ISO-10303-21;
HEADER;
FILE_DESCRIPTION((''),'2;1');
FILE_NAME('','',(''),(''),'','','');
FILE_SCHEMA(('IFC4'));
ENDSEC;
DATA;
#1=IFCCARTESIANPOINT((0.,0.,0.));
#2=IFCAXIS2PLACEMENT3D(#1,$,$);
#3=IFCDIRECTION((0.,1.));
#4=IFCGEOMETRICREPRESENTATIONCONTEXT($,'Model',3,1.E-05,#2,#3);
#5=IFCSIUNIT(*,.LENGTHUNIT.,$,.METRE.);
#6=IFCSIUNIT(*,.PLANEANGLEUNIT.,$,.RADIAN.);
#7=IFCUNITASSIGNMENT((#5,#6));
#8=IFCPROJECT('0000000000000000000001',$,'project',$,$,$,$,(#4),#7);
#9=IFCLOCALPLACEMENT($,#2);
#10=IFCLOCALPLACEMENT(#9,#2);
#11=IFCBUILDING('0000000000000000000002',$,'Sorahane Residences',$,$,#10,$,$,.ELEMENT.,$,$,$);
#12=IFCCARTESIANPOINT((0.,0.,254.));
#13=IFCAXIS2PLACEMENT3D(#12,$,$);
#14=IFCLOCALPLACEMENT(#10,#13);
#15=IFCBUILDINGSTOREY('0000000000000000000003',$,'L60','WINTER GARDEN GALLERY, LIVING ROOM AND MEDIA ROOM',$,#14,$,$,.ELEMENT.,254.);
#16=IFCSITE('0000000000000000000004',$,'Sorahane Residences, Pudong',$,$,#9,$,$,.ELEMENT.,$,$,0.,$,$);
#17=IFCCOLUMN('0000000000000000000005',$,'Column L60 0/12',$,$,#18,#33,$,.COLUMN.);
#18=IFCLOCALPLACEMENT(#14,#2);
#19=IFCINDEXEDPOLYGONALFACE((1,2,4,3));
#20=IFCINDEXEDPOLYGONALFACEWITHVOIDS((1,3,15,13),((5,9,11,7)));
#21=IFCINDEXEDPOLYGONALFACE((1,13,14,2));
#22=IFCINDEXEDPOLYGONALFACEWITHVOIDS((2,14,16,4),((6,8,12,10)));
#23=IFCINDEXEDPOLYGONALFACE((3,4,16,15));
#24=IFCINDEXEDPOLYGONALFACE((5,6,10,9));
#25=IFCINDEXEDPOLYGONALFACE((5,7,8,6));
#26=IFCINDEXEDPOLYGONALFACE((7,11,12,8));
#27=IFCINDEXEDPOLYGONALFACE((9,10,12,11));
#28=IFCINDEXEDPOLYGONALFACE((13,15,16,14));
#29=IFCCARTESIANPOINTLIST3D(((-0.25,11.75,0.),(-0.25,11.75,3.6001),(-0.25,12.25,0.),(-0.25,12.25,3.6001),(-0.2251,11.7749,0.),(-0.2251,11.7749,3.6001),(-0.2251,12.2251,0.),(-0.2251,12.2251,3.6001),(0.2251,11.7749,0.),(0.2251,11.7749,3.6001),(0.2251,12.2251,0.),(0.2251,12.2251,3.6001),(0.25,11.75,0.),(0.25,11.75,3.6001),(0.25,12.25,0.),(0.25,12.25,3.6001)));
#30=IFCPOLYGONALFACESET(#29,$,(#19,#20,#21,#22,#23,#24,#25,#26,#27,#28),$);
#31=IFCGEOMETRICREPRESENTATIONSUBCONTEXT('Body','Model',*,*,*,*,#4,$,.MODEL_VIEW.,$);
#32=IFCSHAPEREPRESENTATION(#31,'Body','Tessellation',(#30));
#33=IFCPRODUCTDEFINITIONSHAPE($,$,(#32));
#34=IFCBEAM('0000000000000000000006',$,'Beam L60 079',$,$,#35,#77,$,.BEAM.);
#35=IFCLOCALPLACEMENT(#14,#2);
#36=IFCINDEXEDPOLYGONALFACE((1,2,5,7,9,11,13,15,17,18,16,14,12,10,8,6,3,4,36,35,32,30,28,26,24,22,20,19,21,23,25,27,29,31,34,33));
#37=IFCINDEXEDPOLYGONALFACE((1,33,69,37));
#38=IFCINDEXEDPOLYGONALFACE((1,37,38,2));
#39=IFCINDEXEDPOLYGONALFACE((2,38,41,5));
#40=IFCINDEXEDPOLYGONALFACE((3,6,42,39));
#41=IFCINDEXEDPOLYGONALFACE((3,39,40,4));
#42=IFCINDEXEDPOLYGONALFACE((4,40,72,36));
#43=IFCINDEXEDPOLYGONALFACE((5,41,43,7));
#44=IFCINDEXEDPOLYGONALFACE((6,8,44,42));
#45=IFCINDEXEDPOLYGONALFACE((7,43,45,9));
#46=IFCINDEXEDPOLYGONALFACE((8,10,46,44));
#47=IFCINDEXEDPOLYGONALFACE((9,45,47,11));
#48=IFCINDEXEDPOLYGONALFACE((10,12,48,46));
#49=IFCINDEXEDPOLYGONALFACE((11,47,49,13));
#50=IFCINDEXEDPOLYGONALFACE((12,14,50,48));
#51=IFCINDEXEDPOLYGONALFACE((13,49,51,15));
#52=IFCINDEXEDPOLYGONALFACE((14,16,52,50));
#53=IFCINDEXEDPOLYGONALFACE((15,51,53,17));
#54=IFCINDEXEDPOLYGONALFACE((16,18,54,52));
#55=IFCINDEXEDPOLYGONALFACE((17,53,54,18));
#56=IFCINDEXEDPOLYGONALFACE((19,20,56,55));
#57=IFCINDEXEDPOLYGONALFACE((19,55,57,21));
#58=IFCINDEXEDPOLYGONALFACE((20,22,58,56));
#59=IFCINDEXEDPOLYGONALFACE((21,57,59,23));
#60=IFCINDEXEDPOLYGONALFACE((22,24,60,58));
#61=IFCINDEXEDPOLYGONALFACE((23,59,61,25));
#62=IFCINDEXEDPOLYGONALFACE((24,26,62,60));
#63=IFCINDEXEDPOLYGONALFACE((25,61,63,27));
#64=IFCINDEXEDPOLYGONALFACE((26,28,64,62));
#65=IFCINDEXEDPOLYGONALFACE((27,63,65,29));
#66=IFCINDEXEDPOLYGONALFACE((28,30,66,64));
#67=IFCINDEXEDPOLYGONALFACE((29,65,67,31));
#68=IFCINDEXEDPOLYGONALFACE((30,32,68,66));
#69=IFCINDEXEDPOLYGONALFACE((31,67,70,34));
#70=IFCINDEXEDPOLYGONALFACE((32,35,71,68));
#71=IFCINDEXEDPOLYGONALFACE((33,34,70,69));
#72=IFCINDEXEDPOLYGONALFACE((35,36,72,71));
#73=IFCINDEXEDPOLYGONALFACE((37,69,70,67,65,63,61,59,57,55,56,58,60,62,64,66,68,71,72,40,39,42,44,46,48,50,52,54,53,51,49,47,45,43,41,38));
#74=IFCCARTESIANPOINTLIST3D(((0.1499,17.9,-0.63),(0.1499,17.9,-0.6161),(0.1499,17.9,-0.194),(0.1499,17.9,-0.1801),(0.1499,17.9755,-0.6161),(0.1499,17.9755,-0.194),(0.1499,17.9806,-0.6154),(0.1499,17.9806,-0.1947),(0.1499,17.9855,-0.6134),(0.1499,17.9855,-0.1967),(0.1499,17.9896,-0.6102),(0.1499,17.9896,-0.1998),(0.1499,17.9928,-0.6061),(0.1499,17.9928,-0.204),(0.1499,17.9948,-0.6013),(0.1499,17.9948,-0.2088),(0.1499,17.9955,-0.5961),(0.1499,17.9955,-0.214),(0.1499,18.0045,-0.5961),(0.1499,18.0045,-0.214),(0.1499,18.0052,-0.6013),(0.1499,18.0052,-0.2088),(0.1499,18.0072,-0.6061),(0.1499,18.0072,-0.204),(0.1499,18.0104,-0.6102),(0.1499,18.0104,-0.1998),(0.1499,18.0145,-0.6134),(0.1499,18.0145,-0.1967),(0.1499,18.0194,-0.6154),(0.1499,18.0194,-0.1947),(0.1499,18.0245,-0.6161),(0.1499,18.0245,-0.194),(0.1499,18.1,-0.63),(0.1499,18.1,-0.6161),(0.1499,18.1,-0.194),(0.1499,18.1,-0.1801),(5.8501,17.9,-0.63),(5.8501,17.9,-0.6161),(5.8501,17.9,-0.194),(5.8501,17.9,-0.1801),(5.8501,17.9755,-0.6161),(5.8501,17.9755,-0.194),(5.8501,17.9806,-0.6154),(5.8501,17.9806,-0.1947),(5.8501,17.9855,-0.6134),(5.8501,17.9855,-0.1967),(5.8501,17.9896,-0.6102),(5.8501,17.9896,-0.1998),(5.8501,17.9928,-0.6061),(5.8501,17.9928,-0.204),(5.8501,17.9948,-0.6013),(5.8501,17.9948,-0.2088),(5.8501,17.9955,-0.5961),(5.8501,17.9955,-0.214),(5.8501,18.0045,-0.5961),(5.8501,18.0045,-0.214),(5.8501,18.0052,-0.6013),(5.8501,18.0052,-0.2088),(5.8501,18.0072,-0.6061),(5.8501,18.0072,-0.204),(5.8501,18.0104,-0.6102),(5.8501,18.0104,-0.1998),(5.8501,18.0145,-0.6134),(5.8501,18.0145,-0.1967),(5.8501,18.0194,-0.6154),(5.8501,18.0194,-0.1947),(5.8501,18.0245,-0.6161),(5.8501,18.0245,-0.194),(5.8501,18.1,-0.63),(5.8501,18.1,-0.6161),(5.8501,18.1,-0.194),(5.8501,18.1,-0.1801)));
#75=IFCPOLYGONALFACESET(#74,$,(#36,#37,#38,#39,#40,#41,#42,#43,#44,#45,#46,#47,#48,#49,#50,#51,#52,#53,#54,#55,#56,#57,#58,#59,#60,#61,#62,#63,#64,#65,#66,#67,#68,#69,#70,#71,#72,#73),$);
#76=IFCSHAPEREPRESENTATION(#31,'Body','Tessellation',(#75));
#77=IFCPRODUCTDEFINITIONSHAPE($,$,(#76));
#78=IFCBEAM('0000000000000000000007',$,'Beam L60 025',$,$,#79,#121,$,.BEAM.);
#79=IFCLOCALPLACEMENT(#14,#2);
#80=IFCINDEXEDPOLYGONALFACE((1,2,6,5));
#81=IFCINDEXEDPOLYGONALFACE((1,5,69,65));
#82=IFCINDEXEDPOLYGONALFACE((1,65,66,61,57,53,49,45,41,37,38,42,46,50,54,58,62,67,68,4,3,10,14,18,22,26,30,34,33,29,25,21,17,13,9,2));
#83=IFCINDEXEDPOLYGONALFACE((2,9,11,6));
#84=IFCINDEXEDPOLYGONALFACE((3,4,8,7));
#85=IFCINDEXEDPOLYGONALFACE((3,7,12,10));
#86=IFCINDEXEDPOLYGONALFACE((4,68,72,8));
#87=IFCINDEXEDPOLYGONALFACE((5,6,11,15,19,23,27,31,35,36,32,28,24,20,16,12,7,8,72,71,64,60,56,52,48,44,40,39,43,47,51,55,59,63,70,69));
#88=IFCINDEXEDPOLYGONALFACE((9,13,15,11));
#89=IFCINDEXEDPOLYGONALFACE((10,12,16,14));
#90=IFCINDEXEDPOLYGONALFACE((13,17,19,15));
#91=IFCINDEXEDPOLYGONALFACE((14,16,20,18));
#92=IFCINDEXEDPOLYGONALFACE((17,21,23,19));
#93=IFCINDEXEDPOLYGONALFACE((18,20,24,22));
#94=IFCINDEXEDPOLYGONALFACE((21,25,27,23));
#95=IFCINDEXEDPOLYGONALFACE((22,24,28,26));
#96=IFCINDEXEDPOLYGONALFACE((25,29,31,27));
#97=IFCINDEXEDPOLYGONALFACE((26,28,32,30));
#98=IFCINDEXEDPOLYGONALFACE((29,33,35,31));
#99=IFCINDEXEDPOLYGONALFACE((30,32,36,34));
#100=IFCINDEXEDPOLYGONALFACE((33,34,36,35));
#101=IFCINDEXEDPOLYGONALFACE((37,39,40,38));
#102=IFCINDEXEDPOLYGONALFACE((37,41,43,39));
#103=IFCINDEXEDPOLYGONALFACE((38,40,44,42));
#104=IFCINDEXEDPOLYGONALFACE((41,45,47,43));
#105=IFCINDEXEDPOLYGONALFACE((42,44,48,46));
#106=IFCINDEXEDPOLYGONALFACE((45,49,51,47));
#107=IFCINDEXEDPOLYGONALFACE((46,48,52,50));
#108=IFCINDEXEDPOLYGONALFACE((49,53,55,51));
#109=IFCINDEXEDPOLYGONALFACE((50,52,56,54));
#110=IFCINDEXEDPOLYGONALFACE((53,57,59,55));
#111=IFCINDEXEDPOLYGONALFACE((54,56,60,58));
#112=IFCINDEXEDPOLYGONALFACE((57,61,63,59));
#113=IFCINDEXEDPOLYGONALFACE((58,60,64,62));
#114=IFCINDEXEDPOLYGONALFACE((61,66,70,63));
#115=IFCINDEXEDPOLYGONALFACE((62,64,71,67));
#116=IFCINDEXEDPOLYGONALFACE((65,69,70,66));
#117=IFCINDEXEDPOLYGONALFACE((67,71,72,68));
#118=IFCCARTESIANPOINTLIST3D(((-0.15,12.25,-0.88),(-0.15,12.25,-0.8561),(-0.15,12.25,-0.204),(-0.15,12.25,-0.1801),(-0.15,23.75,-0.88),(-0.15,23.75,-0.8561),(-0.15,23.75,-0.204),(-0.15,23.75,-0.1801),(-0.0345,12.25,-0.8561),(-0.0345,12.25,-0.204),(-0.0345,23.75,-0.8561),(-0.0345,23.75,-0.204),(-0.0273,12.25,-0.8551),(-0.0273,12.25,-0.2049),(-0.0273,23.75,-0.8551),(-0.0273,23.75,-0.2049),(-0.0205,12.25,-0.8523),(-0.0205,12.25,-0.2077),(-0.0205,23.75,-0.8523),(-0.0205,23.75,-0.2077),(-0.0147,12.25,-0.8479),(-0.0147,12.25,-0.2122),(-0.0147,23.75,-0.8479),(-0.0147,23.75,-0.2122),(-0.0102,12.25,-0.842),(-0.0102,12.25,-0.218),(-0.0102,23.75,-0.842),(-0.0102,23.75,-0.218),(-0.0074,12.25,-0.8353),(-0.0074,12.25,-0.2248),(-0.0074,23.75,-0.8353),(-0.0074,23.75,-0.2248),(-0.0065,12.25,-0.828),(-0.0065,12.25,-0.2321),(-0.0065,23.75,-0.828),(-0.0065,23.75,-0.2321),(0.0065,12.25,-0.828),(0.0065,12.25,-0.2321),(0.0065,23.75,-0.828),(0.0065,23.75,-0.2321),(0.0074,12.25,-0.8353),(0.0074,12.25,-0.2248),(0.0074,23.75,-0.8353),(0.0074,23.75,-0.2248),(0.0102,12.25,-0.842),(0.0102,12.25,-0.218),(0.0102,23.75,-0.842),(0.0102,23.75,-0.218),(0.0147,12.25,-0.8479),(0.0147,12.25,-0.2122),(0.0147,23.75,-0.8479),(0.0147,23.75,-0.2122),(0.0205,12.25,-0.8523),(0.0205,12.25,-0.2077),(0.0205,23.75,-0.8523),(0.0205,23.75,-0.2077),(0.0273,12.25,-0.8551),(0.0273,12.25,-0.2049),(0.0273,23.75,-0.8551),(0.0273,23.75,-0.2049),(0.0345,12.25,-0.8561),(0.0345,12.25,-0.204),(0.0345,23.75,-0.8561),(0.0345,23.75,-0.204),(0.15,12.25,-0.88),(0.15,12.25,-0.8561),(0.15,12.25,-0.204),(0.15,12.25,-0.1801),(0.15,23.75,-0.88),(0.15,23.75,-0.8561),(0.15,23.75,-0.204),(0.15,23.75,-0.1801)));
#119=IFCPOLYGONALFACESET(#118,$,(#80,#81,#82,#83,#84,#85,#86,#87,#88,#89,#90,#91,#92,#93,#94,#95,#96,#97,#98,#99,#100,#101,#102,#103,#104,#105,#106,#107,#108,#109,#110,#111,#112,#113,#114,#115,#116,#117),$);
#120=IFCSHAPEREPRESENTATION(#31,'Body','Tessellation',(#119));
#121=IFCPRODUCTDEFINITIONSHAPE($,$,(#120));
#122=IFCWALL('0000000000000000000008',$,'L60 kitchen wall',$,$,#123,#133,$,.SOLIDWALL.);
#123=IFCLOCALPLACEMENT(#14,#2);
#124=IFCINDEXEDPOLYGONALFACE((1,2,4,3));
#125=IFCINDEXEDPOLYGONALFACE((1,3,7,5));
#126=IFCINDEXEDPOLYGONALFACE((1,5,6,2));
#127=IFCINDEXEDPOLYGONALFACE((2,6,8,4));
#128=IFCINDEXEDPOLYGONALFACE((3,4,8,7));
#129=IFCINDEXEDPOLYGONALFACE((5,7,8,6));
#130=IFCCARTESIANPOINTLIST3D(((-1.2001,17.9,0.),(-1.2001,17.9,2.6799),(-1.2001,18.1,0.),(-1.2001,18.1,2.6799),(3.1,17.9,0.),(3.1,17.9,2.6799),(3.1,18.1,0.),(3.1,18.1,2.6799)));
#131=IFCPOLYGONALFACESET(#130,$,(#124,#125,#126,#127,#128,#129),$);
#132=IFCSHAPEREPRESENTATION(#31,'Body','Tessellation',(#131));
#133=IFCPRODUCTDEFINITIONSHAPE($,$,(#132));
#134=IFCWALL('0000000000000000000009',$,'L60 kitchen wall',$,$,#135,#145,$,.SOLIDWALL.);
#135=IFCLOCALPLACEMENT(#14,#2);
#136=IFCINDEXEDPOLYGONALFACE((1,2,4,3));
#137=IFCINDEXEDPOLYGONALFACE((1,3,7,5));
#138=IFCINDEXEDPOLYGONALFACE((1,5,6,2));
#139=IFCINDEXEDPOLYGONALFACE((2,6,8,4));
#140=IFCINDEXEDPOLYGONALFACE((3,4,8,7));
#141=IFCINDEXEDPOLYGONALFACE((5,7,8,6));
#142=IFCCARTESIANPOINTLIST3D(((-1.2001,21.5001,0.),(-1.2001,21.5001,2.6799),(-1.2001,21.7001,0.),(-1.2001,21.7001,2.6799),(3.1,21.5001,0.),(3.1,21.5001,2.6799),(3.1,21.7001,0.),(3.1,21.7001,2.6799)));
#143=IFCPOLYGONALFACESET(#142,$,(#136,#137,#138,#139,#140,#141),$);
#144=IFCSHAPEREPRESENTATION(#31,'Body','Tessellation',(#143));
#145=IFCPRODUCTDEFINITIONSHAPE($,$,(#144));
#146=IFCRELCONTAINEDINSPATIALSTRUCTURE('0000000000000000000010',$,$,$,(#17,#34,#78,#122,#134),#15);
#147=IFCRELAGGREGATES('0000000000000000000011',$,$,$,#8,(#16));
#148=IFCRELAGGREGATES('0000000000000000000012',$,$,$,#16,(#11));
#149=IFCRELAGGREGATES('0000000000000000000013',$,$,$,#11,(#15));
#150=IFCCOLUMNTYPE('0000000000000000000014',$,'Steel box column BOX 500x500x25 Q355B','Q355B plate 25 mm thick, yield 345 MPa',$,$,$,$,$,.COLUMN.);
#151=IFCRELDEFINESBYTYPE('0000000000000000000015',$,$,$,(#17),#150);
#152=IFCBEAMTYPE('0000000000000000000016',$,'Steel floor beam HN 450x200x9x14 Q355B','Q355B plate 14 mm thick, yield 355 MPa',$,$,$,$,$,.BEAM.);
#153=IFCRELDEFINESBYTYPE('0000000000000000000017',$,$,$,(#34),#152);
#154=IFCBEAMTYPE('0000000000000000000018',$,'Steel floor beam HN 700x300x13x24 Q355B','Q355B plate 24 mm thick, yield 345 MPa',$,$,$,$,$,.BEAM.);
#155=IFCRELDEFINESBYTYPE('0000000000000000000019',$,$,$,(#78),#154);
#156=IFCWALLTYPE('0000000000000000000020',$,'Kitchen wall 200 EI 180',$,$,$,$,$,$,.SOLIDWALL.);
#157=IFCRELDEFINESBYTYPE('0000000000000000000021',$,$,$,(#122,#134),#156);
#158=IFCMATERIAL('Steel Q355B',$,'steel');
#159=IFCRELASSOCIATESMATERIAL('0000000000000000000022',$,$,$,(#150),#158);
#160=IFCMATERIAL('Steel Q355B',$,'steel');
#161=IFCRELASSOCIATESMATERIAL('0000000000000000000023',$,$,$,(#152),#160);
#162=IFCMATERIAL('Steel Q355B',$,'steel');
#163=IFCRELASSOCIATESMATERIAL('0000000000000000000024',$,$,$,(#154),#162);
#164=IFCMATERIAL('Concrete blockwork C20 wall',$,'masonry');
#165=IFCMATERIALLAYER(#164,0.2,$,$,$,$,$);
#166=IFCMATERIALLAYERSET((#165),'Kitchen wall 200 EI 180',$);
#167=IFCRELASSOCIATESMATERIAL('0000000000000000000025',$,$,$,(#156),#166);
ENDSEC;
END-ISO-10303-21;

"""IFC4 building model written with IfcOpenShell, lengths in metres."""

from ifc_helpers import new_model, si_unit, direction, frame, frame_2d, origin, origin_2d, place, context, subcontext, project, spatial, rectangle, hollow_rectangle, i_section, extrude, material, layer, layer_set, material_profile, profile_set, type_object, element, save


model = new_model("IFC4")

# Units and contexts
model_context = context("Model", 3, precision=1e-05, world=origin(), true_north=direction((0.0, 1.0)))
body_context = subcontext(model_context, "Body", "Model", "MODEL_VIEW")
ifc_project = project(units=[si_unit("LENGTHUNIT", "METRE"), si_unit("PLANEANGLEUNIT", "RADIAN")], contexts=[model_context])

# Site, building, storey
site_placement = place(None, origin())
site = spatial("IfcSite", under=ifc_project, at=site_placement, Name="Sorahane Residences, Pudong", CompositionType="ELEMENT", RefElevation=0.0)
building_placement = place(site_placement, origin())
building = spatial("IfcBuilding", under=site, at=building_placement, Name="Sorahane Residences", CompositionType="ELEMENT")
storey_placement = place(building_placement, frame((0.0, 0.0, 254.0)))
storey = spatial("IfcBuildingStorey", under=building, at=storey_placement, Name="L60", Description="WINTER GARDEN GALLERY, LIVING ROOM AND MEDIA ROOM", CompositionType="ELEMENT", Elevation=254.0)

# Column
ifc_material_1 = material(Name="Steel Q355B", Category="steel")
ifc_material_profile_1 = material_profile(ifc_material_1, hollow_rectangle(XDim=0.5, YDim=0.5, WallThickness=0.0249, at=origin_2d()), Name="BOX 500x500x25")
ifc_profile_set_1 = profile_set([ifc_material_profile_1], Name="Steel Q355B")
column_type = type_object("IfcColumnType", Name="Steel box column BOX 500x500x25 Q355B", Description="Q355B plate 25 mm thick, yield 345 MPa", PredefinedType="COLUMN", material=ifc_profile_set_1)
column_placement = place(storey_placement, frame((0.0, 12.0, 0.0), z_axis=(0.0, 0.0, 1.0), x_axis=(1.0, 0.0, 0.0)))
element("IfcColumn", 1, at=column_placement, inside=storey, type_object=column_type, Name="Column L60 0/12", PredefinedType="COLUMN", context=body_context, shape_type="SweptSolid", body=[
    extrude(hollow_rectangle(XDim=0.5, YDim=0.5, WallThickness=0.0249, at=origin_2d()), origin(), (0.0, 0.0, 1.0), 3.6001),
])

# Beams
ifc_material_2 = material(Name="Steel Q355B", Category="steel")
ifc_material_profile_2 = material_profile(ifc_material_2, i_section(OverallWidth=0.2, OverallDepth=0.45, WebThickness=0.009, FlangeThickness=0.0139, FilletRadius=0.02, at=origin_2d()), Name="HN 450x200x9x14")
ifc_profile_set_2 = profile_set([ifc_material_profile_2], Name="Steel Q355B")
beam_type_1 = type_object("IfcBeamType", Name="Steel floor beam HN 450x200x9x14 Q355B", Description="Q355B plate 14 mm thick, yield 355 MPa", PredefinedType="BEAM", material=ifc_profile_set_2)
beam_1_placement = place(storey_placement, frame((0.1499, 18.0, -0.405), z_axis=(1.0, 0.0, 0.0), x_axis=(0.0, 1.0, 0.0)))
element("IfcBeam", 2, at=beam_1_placement, inside=storey, type_object=beam_type_1, Name="Beam L60 079", PredefinedType="BEAM", context=body_context, shape_type="SweptSolid", body=[
    extrude(i_section(OverallWidth=0.2, OverallDepth=0.45, WebThickness=0.009, FlangeThickness=0.0139, FilletRadius=0.02, at=origin_2d()), origin(), (0.0, 0.0, 1.0), 5.7002),
])
ifc_material_3 = material(Name="Steel Q355B", Category="steel")
ifc_material_profile_3 = material_profile(ifc_material_3, i_section(OverallWidth=0.3, OverallDepth=0.7, WebThickness=0.0129, FlangeThickness=0.0239, FilletRadius=0.0281, at=origin_2d()), Name="HN 700x300x13x24")
ifc_profile_set_3 = profile_set([ifc_material_profile_3], Name="Steel Q355B")
beam_type_2 = type_object("IfcBeamType", Name="Steel floor beam HN 700x300x13x24 Q355B", Description="Q355B plate 24 mm thick, yield 345 MPa", PredefinedType="BEAM", material=ifc_profile_set_3)
beam_2_placement = place(storey_placement, frame((0.0, 12.25, -0.53), z_axis=(0.0, 1.0, 0.0), x_axis=(-1.0, 0.0, 0.0)))
element("IfcBeam", 3, at=beam_2_placement, inside=storey, type_object=beam_type_2, Name="Beam L60 025", PredefinedType="BEAM", context=body_context, shape_type="SweptSolid", body=[
    extrude(i_section(OverallWidth=0.3, OverallDepth=0.7, WebThickness=0.0129, FlangeThickness=0.0239, FilletRadius=0.0281, at=origin_2d()), origin(), (0.0, 0.0, 1.0), 11.5),
])

# Shared definitions
ifc_material_4 = material(Name="Concrete blockwork C20 wall", Category="masonry")
ifc_layer_1 = layer(ifc_material_4, 0.2)
ifc_layer_set_1 = layer_set([ifc_layer_1], Name="Kitchen wall 200 EI 180")
wall_type_1 = type_object("IfcWallType", Name="Kitchen wall 200 EI 180", PredefinedType="SOLIDWALL", material=ifc_layer_set_1)

# Walls
for number, where, z_axis, x_axis, name in (
    (4, (-1.2, 18.0, 0.0), (0.0, 0.0, 1.0), (1.0, 0.0, 0.0), "L60 kitchen wall"),
    (5, (-1.2, 21.6001, 0.0), (0.0, 0.0, 1.0), (1.0, 0.0, 0.0), "L60 kitchen wall"),
):
    element("IfcWall", number, at=place(storey_placement, frame(where, z_axis=z_axis, x_axis=x_axis)), inside=storey, type_object=wall_type_1, Name=name, PredefinedType="SOLIDWALL", context=body_context, shape_type="SweptSolid", body=[
        extrude(rectangle(XDim=4.3, YDim=0.2, at=frame_2d((2.1499, 0.0))), origin(), (0.0, 0.0, 1.0), 2.6799),
    ])

save(model, "model.ifc")
